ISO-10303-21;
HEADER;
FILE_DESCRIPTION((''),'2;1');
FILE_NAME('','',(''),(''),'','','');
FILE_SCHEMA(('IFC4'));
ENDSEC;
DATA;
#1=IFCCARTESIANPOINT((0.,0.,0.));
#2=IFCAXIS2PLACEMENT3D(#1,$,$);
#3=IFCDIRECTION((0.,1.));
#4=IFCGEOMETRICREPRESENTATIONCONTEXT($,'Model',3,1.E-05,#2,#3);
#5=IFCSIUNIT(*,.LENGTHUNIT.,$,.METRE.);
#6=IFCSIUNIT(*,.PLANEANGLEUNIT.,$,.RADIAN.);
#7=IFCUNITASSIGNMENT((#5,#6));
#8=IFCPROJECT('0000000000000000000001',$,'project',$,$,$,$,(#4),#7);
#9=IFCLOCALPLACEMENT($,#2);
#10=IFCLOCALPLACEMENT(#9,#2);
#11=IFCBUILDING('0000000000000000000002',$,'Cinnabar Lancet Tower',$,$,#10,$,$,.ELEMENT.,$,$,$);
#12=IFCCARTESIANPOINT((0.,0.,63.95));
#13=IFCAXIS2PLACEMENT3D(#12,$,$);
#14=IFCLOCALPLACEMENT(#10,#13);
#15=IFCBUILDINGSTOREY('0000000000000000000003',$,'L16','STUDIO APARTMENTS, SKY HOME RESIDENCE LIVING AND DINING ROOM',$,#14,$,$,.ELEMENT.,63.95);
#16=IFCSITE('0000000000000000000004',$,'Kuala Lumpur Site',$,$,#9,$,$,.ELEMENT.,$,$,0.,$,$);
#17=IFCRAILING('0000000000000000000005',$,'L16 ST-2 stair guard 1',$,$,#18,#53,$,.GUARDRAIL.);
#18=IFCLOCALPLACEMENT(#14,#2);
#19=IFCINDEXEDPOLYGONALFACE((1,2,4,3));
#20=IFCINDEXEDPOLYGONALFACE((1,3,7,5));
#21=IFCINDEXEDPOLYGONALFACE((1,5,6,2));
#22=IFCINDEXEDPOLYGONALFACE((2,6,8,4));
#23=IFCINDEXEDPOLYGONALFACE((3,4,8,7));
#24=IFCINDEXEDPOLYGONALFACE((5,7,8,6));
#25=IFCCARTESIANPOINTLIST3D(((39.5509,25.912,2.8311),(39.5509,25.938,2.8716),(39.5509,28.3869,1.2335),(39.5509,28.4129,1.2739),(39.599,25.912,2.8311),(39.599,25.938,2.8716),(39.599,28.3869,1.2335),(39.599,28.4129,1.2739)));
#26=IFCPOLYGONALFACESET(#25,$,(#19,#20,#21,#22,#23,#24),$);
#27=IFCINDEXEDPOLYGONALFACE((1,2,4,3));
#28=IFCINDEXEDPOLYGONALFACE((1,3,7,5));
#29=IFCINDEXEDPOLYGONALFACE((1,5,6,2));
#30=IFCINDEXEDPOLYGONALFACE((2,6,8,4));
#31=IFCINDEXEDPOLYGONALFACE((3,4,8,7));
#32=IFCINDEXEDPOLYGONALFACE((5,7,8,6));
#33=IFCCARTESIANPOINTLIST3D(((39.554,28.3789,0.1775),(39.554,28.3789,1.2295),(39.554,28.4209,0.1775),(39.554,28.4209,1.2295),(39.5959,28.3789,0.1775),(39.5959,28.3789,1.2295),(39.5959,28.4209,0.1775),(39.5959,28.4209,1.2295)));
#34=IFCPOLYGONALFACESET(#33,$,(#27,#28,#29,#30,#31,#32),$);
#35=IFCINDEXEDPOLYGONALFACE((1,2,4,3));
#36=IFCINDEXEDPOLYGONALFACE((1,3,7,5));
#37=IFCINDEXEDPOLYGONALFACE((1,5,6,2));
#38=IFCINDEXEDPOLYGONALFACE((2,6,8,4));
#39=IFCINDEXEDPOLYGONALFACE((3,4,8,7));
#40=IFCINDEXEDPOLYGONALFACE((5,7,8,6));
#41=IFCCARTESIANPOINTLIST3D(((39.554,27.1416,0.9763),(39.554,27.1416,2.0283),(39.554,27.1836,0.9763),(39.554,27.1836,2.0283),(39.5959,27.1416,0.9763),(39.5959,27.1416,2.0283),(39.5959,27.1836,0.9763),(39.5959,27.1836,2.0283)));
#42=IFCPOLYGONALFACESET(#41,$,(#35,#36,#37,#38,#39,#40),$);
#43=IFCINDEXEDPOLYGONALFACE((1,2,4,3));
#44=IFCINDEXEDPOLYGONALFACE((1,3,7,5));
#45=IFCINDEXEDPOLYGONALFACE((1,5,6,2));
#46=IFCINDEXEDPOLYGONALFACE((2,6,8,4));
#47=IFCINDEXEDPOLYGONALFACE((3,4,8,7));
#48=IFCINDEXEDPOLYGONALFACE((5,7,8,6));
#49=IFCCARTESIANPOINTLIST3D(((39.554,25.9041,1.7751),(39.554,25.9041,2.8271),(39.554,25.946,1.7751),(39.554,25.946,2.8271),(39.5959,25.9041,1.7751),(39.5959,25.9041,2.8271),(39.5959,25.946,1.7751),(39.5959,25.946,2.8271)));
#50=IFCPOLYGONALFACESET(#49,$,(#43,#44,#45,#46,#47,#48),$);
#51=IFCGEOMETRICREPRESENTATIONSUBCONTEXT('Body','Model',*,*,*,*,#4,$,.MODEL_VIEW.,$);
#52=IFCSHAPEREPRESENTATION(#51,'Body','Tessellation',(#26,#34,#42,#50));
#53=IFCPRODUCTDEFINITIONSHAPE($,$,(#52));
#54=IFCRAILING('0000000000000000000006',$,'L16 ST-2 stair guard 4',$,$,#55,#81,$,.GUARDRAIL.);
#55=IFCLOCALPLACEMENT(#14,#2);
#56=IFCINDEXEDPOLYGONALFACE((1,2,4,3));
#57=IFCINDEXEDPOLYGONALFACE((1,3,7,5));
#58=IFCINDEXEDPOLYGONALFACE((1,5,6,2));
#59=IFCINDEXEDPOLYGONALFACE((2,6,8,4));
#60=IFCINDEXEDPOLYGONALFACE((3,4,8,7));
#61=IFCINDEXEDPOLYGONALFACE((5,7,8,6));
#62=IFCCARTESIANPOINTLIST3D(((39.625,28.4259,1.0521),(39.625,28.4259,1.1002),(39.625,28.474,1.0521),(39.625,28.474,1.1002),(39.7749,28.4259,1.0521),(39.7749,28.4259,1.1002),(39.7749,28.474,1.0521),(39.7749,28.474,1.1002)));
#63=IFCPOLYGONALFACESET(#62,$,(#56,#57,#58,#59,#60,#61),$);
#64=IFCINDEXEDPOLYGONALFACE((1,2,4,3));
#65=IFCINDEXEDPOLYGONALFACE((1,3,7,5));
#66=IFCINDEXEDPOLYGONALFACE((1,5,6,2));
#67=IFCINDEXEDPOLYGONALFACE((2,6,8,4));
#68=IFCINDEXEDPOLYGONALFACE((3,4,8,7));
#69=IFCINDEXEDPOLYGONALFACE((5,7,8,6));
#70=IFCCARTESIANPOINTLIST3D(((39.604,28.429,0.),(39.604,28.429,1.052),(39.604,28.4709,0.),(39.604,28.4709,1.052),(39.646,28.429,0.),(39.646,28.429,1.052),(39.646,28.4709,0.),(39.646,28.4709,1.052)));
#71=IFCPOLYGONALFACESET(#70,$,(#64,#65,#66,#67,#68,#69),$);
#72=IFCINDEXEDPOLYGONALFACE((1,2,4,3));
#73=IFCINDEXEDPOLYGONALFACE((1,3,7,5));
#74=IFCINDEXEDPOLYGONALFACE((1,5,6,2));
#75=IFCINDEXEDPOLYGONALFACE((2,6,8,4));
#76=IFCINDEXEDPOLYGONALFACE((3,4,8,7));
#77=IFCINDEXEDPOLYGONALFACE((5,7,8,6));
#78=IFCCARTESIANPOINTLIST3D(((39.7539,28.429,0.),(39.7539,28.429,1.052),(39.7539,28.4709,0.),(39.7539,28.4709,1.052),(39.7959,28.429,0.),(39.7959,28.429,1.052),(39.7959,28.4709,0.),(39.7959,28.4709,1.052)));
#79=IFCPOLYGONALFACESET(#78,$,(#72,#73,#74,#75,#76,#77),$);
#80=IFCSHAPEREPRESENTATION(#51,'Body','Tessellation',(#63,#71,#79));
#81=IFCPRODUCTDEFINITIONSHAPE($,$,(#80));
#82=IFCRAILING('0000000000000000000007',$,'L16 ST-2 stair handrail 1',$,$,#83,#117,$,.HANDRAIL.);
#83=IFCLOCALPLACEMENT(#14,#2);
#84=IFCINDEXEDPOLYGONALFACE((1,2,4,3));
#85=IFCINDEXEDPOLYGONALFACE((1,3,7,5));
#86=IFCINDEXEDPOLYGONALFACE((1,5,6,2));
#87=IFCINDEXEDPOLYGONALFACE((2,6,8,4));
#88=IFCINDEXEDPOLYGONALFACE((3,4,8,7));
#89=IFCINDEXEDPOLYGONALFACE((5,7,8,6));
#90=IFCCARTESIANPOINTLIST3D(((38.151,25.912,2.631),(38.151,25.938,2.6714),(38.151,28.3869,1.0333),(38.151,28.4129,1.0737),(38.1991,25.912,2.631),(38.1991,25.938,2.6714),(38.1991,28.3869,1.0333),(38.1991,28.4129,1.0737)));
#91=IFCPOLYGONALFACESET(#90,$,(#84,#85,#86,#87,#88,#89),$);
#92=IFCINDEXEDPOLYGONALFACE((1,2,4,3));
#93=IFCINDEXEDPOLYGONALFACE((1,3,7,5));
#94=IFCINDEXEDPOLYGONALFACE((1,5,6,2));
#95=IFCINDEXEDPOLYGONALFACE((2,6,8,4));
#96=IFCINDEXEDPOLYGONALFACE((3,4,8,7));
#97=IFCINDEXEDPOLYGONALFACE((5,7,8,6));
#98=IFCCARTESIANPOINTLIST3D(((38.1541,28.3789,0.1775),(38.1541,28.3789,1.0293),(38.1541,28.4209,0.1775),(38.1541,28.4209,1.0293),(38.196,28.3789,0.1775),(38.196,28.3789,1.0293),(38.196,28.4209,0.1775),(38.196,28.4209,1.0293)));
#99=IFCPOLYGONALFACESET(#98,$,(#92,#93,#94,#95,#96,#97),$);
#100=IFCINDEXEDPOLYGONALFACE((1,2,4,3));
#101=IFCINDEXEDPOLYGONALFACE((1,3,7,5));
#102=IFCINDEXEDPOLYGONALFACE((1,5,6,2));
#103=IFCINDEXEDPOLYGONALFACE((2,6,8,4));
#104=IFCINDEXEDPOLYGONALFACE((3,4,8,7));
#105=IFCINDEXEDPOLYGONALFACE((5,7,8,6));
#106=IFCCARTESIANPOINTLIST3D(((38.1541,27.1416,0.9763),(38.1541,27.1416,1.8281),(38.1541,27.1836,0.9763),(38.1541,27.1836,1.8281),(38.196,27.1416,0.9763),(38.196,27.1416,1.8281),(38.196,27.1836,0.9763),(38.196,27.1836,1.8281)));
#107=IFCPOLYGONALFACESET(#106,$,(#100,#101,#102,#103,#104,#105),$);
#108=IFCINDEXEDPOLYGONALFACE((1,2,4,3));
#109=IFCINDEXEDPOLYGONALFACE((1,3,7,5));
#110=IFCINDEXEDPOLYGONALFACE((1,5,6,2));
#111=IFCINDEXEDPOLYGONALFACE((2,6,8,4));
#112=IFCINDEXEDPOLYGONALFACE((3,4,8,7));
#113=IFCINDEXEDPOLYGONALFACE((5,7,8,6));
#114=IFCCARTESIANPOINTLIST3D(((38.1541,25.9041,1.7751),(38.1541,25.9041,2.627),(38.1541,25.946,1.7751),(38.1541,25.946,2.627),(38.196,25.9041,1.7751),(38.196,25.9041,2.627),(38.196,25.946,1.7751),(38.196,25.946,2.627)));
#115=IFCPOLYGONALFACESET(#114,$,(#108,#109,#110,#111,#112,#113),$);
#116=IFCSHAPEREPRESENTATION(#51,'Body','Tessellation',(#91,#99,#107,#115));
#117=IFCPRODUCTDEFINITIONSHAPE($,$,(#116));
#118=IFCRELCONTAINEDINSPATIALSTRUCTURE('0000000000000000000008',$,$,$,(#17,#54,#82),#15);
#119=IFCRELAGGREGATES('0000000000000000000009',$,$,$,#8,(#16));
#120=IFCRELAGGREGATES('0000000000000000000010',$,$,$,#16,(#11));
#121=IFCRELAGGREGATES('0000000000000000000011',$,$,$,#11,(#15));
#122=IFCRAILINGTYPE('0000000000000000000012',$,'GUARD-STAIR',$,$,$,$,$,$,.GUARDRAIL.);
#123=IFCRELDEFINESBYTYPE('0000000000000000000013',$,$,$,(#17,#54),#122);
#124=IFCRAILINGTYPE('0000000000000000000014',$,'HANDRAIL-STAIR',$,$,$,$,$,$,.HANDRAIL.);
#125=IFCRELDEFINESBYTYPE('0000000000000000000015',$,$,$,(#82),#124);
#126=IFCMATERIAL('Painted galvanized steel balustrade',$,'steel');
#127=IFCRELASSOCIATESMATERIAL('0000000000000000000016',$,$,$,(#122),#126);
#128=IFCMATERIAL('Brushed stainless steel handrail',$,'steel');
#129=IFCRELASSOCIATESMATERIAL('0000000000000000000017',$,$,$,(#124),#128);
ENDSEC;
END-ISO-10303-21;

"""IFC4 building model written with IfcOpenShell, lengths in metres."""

from ifc_helpers import new_model, si_unit, direction, frame, origin, origin_2d, place, context, subcontext, project, spatial, rectangle, extrude, material, type_object, element, save


model = new_model("IFC4")

# Units and contexts
model_context = context("Model", 3, precision=1e-05, world=origin(), true_north=direction((0.0, 1.0)))
body_context = subcontext(model_context, "Body", "Model", "MODEL_VIEW")
ifc_project = project(units=[si_unit("LENGTHUNIT", "METRE"), si_unit("PLANEANGLEUNIT", "RADIAN")], contexts=[model_context])

# Site, building, storey
site_placement = place(None, origin())
site = spatial("IfcSite", under=ifc_project, at=site_placement, Name="Kuala Lumpur Site", CompositionType="ELEMENT", RefElevation=0.0)
building_placement = place(site_placement, origin())
building = spatial("IfcBuilding", under=site, at=building_placement, Name="Cinnabar Lancet Tower", CompositionType="ELEMENT")
storey_placement = place(building_placement, frame((0.0, 0.0, 63.95)))
storey = spatial("IfcBuildingStorey", under=building, at=storey_placement, Name="L16", Description="STUDIO APARTMENTS, SKY HOME RESIDENCE LIVING AND DINING ROOM", CompositionType="ELEMENT", Elevation=63.95)

# Railings
ifc_material_1 = material(Name="Painted galvanized steel balustrade", Category="steel")
railing_type_1 = type_object("IfcRailingType", Name="GUARD-STAIR", PredefinedType="GUARDRAIL", material=ifc_material_1)
railing_1_placement = place(storey_placement, frame((39.575, 28.3999, 0.1775)))
element("IfcRailing", 1, at=railing_1_placement, inside=storey, type_object=railing_type_1, Name="L16 ST-2 stair guard 1", PredefinedType="GUARDRAIL", context=body_context, shape_type="SweptSolid", body=[
    extrude(rectangle(XDim=0.0481, YDim=0.0481, at=origin_2d()), frame((0.0, 0.0, 1.0762), z_axis=(0.0, -0.840146, 0.542361), x_axis=(1.0, 0.0, 0.0)), (0.0, 0.0, 1.0), 2.9458),
    extrude(rectangle(XDim=0.042, YDim=0.042, at=origin_2d()), origin(), (0.0, 0.0, 1.0), 1.052),
    extrude(rectangle(XDim=0.042, YDim=0.042, at=origin_2d()), frame((0.0, -1.2373, 0.7988)), (0.0, 0.0, 1.0), 1.052),
    extrude(rectangle(XDim=0.042, YDim=0.042, at=origin_2d()), frame((0.0, -2.4749, 1.5977)), (0.0, 0.0, 1.0), 1.052),
])
railing_2_placement = place(storey_placement, frame((39.625, 28.45, 0.0)))
element("IfcRailing", 2, at=railing_2_placement, inside=storey, type_object=railing_type_1, Name="L16 ST-2 stair guard 4", PredefinedType="GUARDRAIL", context=body_context, shape_type="SweptSolid", body=[
    extrude(rectangle(XDim=0.0481, YDim=0.0481, at=origin_2d()), frame((0.0, 0.0, 1.0762), z_axis=(1.0, 0.0, 0.0), x_axis=(0.0, 1.0, 0.0)), (0.0, 0.0, 1.0), 0.1499),
    extrude(rectangle(XDim=0.042, YDim=0.042, at=origin_2d()), origin(), (0.0, 0.0, 1.0), 1.052),
    extrude(rectangle(XDim=0.042, YDim=0.042, at=origin_2d()), frame((0.1499, 0.0, 0.0)), (0.0, 0.0, 1.0), 1.052),
])
ifc_material_2 = material(Name="Brushed stainless steel handrail", Category="steel")
railing_type_2 = type_object("IfcRailingType", Name="HANDRAIL-STAIR", PredefinedType="HANDRAIL", material=ifc_material_2)
railing_3_placement = place(storey_placement, frame((38.175, 28.3999, 0.1775)))
element("IfcRailing", 3, at=railing_3_placement, inside=storey, type_object=railing_type_2, Name="L16 ST-2 stair handrail 1", PredefinedType="HANDRAIL", context=body_context, shape_type="SweptSolid", body=[
    extrude(rectangle(XDim=0.0481, YDim=0.0481, at=origin_2d()), frame((0.0, 0.0, 0.876), z_axis=(0.0, -0.840146, 0.542361), x_axis=(1.0, 0.0, 0.0)), (0.0, 0.0, 1.0), 2.9458),
    extrude(rectangle(XDim=0.042, YDim=0.042, at=origin_2d()), origin(), (0.0, 0.0, 1.0), 0.8518),
    extrude(rectangle(XDim=0.042, YDim=0.042, at=origin_2d()), frame((0.0, -1.2373, 0.7988)), (0.0, 0.0, 1.0), 0.8518),
    extrude(rectangle(XDim=0.042, YDim=0.042, at=origin_2d()), frame((0.0, -2.4749, 1.5977)), (0.0, 0.0, 1.0), 0.8518),
])

save(model, "model.ifc")
